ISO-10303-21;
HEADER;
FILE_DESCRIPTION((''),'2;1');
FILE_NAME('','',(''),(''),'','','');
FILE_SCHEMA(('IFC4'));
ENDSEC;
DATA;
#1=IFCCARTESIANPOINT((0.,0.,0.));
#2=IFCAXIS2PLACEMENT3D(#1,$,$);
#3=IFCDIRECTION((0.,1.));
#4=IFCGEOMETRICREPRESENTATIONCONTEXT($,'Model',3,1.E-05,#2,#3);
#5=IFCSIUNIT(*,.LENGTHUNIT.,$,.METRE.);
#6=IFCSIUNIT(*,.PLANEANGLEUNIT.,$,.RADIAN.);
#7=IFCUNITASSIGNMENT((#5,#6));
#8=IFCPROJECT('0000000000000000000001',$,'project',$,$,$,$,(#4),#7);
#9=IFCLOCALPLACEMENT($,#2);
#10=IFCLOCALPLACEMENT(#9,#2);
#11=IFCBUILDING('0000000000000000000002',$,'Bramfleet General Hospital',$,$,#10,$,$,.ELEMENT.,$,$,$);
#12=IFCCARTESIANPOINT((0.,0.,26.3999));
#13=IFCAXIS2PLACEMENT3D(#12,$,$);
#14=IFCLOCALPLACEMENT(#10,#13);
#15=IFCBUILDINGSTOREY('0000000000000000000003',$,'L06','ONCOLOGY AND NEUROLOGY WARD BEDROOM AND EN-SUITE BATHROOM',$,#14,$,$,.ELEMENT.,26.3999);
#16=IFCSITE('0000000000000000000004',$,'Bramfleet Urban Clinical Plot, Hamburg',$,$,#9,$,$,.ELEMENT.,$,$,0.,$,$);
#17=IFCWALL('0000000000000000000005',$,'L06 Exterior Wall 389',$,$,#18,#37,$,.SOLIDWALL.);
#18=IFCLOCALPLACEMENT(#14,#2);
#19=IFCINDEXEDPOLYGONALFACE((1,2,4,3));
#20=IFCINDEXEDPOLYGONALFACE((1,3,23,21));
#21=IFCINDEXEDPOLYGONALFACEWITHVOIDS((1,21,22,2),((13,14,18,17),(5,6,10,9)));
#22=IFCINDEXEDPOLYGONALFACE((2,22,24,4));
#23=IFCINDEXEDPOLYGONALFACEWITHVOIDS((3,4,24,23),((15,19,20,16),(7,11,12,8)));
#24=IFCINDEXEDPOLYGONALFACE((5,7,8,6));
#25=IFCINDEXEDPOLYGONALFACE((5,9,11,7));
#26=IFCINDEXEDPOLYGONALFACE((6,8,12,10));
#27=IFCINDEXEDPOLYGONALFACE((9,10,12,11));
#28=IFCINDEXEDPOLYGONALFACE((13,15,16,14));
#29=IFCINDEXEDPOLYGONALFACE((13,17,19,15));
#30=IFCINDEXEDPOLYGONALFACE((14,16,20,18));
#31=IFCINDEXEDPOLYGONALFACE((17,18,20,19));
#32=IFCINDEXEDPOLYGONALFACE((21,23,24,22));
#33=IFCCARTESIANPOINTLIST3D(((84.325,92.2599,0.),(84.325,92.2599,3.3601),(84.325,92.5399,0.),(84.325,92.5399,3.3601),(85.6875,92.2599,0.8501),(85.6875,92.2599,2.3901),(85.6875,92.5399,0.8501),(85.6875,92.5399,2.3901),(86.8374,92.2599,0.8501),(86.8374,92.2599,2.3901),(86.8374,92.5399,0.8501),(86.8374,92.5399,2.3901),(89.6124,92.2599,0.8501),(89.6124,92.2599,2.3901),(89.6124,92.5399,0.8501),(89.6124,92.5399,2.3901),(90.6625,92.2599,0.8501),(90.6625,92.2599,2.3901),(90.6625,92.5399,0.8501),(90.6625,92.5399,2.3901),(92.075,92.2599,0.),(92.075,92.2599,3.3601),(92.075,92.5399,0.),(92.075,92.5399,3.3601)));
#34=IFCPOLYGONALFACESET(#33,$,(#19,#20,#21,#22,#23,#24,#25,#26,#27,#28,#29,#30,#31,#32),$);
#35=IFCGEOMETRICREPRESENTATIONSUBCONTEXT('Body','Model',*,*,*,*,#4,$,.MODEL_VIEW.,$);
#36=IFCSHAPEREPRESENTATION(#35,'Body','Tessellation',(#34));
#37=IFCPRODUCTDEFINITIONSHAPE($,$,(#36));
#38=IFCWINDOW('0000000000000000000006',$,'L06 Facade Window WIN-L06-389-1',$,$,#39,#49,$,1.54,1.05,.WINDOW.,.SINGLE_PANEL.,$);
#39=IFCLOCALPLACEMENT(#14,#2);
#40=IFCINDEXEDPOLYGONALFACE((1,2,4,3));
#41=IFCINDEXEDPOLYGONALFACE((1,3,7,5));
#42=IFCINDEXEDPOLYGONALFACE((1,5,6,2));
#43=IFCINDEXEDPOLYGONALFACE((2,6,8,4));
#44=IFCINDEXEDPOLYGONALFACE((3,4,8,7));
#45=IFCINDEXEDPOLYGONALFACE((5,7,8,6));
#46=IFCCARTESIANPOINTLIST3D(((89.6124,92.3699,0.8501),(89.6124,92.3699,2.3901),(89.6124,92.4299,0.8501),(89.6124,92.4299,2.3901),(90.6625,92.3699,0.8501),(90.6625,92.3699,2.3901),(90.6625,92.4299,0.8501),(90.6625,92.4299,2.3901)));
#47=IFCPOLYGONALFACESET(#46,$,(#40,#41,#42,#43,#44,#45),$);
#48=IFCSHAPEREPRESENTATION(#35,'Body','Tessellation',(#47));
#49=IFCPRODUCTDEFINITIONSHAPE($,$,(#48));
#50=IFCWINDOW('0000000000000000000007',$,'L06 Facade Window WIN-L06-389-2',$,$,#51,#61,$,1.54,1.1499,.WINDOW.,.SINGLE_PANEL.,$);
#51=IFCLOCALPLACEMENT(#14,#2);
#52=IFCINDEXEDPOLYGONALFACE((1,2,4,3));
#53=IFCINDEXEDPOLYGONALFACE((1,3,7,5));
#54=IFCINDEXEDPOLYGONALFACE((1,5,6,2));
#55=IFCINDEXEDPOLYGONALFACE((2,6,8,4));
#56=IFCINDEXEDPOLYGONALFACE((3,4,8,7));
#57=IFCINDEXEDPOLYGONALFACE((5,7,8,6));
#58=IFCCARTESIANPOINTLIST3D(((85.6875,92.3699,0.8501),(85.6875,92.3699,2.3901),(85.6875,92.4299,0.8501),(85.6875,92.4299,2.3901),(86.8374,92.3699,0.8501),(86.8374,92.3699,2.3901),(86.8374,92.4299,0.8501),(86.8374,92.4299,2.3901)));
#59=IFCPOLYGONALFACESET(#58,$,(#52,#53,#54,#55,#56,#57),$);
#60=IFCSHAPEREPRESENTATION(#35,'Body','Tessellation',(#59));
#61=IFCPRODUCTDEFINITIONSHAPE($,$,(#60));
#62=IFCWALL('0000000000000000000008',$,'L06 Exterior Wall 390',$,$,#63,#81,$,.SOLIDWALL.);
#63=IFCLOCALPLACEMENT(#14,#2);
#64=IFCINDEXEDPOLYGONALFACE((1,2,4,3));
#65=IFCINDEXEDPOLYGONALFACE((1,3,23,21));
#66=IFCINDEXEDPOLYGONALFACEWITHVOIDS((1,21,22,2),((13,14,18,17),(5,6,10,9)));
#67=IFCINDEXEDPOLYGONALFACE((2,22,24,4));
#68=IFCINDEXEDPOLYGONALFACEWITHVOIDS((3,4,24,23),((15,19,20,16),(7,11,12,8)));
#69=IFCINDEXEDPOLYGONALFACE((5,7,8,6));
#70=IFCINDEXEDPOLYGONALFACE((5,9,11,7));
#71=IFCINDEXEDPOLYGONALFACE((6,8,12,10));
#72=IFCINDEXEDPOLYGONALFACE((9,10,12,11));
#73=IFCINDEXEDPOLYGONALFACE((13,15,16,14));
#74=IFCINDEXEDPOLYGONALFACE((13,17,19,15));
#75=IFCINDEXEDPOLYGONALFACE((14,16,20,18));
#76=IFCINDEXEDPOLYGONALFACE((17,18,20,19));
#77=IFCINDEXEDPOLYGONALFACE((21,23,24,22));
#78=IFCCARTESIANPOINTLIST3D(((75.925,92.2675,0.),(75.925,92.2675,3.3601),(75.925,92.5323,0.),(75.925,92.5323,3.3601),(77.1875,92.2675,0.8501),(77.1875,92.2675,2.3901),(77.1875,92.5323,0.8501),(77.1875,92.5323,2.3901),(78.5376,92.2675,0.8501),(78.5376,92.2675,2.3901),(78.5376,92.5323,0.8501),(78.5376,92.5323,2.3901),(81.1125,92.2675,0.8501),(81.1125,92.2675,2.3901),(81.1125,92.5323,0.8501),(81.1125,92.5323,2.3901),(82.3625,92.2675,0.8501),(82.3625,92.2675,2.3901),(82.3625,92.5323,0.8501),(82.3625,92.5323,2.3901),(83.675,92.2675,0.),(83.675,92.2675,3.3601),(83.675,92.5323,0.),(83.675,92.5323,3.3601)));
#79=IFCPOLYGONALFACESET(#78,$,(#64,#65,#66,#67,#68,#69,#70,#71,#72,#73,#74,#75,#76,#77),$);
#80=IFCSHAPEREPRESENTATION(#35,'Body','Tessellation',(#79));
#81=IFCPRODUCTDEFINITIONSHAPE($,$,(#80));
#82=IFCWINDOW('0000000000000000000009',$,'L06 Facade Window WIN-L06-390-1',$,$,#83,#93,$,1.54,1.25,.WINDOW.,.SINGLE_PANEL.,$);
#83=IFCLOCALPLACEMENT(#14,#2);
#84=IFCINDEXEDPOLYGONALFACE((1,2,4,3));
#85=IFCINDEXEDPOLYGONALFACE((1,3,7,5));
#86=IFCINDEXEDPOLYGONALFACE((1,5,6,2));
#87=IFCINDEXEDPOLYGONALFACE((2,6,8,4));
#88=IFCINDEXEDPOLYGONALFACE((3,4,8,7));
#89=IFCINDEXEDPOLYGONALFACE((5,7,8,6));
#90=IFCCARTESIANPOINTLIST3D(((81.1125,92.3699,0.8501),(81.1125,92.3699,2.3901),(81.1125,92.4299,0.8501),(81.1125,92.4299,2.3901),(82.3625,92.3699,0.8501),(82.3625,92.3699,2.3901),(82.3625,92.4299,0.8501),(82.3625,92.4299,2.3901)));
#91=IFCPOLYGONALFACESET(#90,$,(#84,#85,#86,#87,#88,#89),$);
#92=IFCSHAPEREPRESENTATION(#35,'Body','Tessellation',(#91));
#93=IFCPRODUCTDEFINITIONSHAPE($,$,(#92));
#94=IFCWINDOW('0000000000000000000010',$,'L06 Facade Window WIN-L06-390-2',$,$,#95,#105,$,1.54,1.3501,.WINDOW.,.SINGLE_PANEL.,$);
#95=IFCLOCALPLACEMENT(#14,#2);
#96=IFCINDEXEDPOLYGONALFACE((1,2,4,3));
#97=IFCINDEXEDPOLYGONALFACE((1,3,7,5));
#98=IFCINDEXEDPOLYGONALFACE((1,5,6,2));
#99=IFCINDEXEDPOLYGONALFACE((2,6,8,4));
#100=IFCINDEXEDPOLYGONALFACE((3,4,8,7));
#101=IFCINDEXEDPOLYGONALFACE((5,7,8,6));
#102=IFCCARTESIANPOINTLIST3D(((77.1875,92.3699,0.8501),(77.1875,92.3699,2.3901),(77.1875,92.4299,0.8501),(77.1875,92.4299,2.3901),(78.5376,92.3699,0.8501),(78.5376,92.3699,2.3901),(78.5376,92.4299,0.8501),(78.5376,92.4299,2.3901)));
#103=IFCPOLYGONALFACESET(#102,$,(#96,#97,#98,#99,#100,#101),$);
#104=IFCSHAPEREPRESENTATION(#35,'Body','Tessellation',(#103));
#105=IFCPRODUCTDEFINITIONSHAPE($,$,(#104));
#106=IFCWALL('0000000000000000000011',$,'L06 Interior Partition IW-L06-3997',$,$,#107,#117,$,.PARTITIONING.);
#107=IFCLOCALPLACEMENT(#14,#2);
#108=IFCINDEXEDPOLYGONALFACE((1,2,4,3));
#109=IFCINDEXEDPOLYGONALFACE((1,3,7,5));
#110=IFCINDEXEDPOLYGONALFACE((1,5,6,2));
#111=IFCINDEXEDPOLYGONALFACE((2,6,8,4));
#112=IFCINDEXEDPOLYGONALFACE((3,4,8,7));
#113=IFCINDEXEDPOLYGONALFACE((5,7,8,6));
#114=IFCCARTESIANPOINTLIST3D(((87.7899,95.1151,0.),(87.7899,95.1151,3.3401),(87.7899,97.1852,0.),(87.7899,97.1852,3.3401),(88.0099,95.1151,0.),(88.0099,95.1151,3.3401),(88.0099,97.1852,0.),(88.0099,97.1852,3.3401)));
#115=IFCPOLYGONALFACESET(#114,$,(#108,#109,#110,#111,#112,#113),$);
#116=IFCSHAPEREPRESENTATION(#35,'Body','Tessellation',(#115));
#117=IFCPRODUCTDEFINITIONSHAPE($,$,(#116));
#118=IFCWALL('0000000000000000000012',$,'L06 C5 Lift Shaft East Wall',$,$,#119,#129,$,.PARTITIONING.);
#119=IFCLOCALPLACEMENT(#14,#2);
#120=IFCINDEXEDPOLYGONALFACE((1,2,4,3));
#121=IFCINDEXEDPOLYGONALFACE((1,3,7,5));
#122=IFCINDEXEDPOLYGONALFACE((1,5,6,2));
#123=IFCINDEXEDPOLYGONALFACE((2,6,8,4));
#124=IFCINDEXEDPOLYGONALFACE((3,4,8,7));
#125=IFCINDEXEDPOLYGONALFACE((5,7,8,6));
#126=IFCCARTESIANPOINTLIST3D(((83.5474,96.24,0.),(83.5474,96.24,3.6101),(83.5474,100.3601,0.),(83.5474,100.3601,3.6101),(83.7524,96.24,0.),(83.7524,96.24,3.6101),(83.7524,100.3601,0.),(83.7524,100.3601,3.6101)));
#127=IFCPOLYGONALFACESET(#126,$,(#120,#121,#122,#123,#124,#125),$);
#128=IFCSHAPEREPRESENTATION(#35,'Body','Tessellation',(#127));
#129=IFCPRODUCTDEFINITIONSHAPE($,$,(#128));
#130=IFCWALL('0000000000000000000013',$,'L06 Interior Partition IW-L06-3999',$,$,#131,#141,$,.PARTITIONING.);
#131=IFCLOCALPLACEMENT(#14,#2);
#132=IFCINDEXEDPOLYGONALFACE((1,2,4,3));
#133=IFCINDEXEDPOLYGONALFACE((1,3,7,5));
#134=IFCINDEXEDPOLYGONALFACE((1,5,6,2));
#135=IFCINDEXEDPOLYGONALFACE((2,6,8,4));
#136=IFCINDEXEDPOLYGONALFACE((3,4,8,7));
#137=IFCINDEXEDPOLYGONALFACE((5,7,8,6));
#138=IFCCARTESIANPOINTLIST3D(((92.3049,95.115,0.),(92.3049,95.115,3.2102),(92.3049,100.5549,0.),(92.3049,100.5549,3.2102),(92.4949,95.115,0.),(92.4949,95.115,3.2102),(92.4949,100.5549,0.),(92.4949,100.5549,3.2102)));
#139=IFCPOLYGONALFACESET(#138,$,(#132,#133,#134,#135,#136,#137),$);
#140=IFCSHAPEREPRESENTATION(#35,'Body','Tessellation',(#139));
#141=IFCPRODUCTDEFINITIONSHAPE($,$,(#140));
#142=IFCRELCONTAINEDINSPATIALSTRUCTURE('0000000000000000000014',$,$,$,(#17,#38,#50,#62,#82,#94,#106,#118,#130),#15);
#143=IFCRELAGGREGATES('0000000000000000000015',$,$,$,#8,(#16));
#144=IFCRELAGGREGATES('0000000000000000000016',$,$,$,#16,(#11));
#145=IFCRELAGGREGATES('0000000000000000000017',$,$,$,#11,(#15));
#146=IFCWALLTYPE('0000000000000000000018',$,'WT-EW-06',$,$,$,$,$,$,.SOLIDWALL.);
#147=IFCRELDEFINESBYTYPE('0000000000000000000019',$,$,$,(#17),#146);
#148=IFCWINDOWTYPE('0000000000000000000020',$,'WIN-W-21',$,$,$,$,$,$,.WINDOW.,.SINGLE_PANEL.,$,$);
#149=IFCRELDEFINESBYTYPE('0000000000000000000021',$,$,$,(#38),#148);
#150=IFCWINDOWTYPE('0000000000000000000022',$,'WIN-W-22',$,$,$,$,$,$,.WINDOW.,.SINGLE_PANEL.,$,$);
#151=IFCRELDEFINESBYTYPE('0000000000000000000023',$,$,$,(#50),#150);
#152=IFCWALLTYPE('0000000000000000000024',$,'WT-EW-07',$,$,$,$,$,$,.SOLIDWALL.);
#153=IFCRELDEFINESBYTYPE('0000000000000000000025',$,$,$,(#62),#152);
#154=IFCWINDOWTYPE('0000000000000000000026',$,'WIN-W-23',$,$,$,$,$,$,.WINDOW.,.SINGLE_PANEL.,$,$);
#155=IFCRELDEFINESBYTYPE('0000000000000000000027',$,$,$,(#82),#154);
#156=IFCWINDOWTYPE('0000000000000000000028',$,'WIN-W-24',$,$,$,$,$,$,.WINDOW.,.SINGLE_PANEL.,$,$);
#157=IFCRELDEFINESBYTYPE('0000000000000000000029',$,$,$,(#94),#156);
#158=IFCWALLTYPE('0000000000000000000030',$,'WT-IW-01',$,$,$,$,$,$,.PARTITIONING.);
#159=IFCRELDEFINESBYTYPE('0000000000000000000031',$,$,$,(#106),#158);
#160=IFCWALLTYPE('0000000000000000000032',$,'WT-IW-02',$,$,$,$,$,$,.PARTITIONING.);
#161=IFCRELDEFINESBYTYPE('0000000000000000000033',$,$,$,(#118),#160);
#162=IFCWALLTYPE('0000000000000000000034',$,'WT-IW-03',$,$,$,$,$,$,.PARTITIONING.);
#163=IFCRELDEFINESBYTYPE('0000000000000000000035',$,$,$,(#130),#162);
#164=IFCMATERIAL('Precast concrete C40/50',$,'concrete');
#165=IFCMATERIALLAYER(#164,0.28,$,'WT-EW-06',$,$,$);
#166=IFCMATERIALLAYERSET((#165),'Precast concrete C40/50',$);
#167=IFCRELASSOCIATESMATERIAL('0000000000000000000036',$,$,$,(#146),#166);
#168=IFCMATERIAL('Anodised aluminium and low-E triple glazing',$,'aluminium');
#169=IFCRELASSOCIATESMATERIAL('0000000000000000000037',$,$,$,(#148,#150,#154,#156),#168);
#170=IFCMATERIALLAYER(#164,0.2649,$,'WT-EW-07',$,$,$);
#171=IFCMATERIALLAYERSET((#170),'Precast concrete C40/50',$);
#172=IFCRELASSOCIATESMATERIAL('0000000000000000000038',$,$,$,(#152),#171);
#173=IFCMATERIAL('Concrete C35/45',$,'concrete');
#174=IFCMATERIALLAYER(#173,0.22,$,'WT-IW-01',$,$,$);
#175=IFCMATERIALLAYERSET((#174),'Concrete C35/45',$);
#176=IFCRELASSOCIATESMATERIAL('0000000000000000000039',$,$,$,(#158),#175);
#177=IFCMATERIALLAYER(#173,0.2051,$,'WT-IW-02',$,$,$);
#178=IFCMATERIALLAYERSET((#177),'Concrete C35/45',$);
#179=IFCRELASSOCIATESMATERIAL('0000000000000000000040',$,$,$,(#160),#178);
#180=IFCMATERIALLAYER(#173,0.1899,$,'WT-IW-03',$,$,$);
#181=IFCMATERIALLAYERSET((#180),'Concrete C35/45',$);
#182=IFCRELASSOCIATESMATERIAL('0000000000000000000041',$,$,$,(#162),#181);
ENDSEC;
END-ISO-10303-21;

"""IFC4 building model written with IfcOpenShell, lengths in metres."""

from ifc_helpers import new_model, si_unit, direction, frame, frame_2d, origin, place, context, subcontext, project, spatial, rectangle, extrude, material, layer, layer_set, type_object, element, fill, save


model = new_model("IFC4")

# Units and contexts
model_context = context("Model", 3, precision=1e-05, world=origin(), true_north=direction((0.0, 1.0)))
body_context = subcontext(model_context, "Body", "Model", "MODEL_VIEW")
ifc_project = project(units=[si_unit("LENGTHUNIT", "METRE"), si_unit("PLANEANGLEUNIT", "RADIAN")], contexts=[model_context])

# Site, building, storey
site_placement = place(None, origin())
site = spatial("IfcSite", under=ifc_project, at=site_placement, Name="Bramfleet Urban Clinical Plot, Hamburg", CompositionType="ELEMENT", RefElevation=0.0)
building_placement = place(site_placement, origin())
building = spatial("IfcBuilding", under=site, at=building_placement, Name="Bramfleet General Hospital", CompositionType="ELEMENT")
storey_placement = place(building_placement, frame((0.0, 0.0, 26.3999)))
storey = spatial("IfcBuildingStorey", under=building, at=storey_placement, Name="L06", Description="ONCOLOGY AND NEUROLOGY WARD BEDROOM AND EN-SUITE BATHROOM", CompositionType="ELEMENT", Elevation=26.3999)

# Walls, openings, windows
ifc_material_1 = material(Name="Precast concrete C40/50", Category="concrete")
ifc_layer_1 = layer(ifc_material_1, 0.28, Name="WT-EW-06")
ifc_layer_set_1 = layer_set([ifc_layer_1], Name="Precast concrete C40/50")
wall_type_1 = type_object("IfcWallType", Name="WT-EW-06", PredefinedType="SOLIDWALL", material=ifc_layer_set_1)
wall_1_placement = place(storey_placement, frame((92.075, 92.3999, 0.0), z_axis=(0.0, 0.0, 1.0), x_axis=(-1.0, 0.0, 0.0)))
wall_1 = element("IfcWall", 1, at=wall_1_placement, inside=storey, type_object=wall_type_1, Name="L06 Exterior Wall 389", PredefinedType="SOLIDWALL", context=body_context, shape_type="SweptSolid", body=[
    extrude(rectangle(XDim=7.75, YDim=0.28, at=frame_2d((3.875, 0.0))), origin(), (0.0, 0.0, 1.0), 3.3601),
])
opening_1_placement = place(wall_1_placement, frame((1.4126, 0.0, 0.8501)))
opening_1 = element("IfcOpeningElement", 2, at=opening_1_placement, cuts=wall_1, PredefinedType="OPENING", context=body_context, shape_type="SweptSolid", body=[
    extrude(rectangle(XDim=1.05, YDim=1.54, at=frame_2d((0.5249, 0.77))), frame((0.0, 0.1499, 0.0), z_axis=(0.0, -1.0, 0.0), x_axis=(1.0, 0.0, 0.0)), (0.0, 0.0, 1.0), 0.3),
])
opening_2_placement = place(wall_1_placement, frame((5.2375, 0.0, 0.8501)))
opening_2 = element("IfcOpeningElement", 3, at=opening_2_placement, cuts=wall_1, PredefinedType="OPENING", context=body_context, shape_type="SweptSolid", body=[
    extrude(rectangle(XDim=1.1499, YDim=1.54, at=frame_2d((0.575, 0.77))), frame((0.0, 0.1499, 0.0), z_axis=(0.0, -1.0, 0.0), x_axis=(1.0, 0.0, 0.0)), (0.0, 0.0, 1.0), 0.3),
])
ifc_material_2 = material(Name="Anodised aluminium and low-E triple glazing", Category="aluminium")
window_type_1 = type_object("IfcWindowType", Name="WIN-W-21", PartitioningType="SINGLE_PANEL", PredefinedType="WINDOW", material=ifc_material_2)
window_1_placement = place(opening_1_placement, origin())
window_1 = element("IfcWindow", 4, at=window_1_placement, inside=storey, type_object=window_type_1, Name="L06 Facade Window WIN-L06-389-1", OverallHeight=1.54, OverallWidth=1.05, PartitioningType="SINGLE_PANEL", PredefinedType="WINDOW", context=body_context, shape_type="SweptSolid", body=[
    extrude(rectangle(XDim=1.05, YDim=1.54, at=frame_2d((0.5249, 0.77))), frame((0.0, 0.03, 0.0), z_axis=(0.0, -1.0, 0.0), x_axis=(1.0, 0.0, 0.0)), (0.0, 0.0, 1.0), 0.0601),
])
fill(opening_1, window_1)
window_type_2 = type_object("IfcWindowType", Name="WIN-W-22", PartitioningType="SINGLE_PANEL", PredefinedType="WINDOW", material=ifc_material_2)
window_2_placement = place(opening_2_placement, origin())
window_2 = element("IfcWindow", 5, at=window_2_placement, inside=storey, type_object=window_type_2, Name="L06 Facade Window WIN-L06-389-2", OverallHeight=1.54, OverallWidth=1.1499, PartitioningType="SINGLE_PANEL", PredefinedType="WINDOW", context=body_context, shape_type="SweptSolid", body=[
    extrude(rectangle(XDim=1.1499, YDim=1.54, at=frame_2d((0.575, 0.77))), frame((0.0, 0.03, 0.0), z_axis=(0.0, -1.0, 0.0), x_axis=(1.0, 0.0, 0.0)), (0.0, 0.0, 1.0), 0.0601),
])
fill(opening_2, window_2)
ifc_layer_2 = layer(ifc_material_1, 0.2649, Name="WT-EW-07")
ifc_layer_set_2 = layer_set([ifc_layer_2], Name="Precast concrete C40/50")
wall_type_2 = type_object("IfcWallType", Name="WT-EW-07", PredefinedType="SOLIDWALL", material=ifc_layer_set_2)
wall_2_placement = place(storey_placement, frame((83.675, 92.3999, 0.0), z_axis=(0.0, 0.0, 1.0), x_axis=(-1.0, 0.0, 0.0)))
wall_2 = element("IfcWall", 6, at=wall_2_placement, inside=storey, type_object=wall_type_2, Name="L06 Exterior Wall 390", PredefinedType="SOLIDWALL", context=body_context, shape_type="SweptSolid", body=[
    extrude(rectangle(XDim=7.75, YDim=0.2649, at=frame_2d((3.875, 0.0))), origin(), (0.0, 0.0, 1.0), 3.3601),
])
opening_3_placement = place(wall_2_placement, frame((1.3125, 0.0, 0.8501)))
opening_3 = element("IfcOpeningElement", 7, at=opening_3_placement, cuts=wall_2, PredefinedType="OPENING", context=body_context, shape_type="SweptSolid", body=[
    extrude(rectangle(XDim=1.25, YDim=1.54, at=frame_2d((0.625, 0.77))), frame((0.0, 0.1423, 0.0), z_axis=(0.0, -1.0, 0.0), x_axis=(1.0, 0.0, 0.0)), (0.0, 0.0, 1.0), 0.2849),
])
opening_4_placement = place(wall_2_placement, frame((5.1375, 0.0, 0.8501)))
opening_4 = element("IfcOpeningElement", 8, at=opening_4_placement, cuts=wall_2, PredefinedType="OPENING", context=body_context, shape_type="SweptSolid", body=[
    extrude(rectangle(XDim=1.3501, YDim=1.54, at=frame_2d((0.675, 0.77))), frame((0.0, 0.1423, 0.0), z_axis=(0.0, -1.0, 0.0), x_axis=(1.0, 0.0, 0.0)), (0.0, 0.0, 1.0), 0.2849),
])
window_type_3 = type_object("IfcWindowType", Name="WIN-W-23", PartitioningType="SINGLE_PANEL", PredefinedType="WINDOW", material=ifc_material_2)
window_3_placement = place(opening_3_placement, origin())
window_3 = element("IfcWindow", 9, at=window_3_placement, inside=storey, type_object=window_type_3, Name="L06 Facade Window WIN-L06-390-1", OverallHeight=1.54, OverallWidth=1.25, PartitioningType="SINGLE_PANEL", PredefinedType="WINDOW", context=body_context, shape_type="SweptSolid", body=[
    extrude(rectangle(XDim=1.25, YDim=1.54, at=frame_2d((0.625, 0.77))), frame((0.0, 0.03, 0.0), z_axis=(0.0, -1.0, 0.0), x_axis=(1.0, 0.0, 0.0)), (0.0, 0.0, 1.0), 0.0601),
])
fill(opening_3, window_3)
window_type_4 = type_object("IfcWindowType", Name="WIN-W-24", PartitioningType="SINGLE_PANEL", PredefinedType="WINDOW", material=ifc_material_2)
window_4_placement = place(opening_4_placement, origin())
window_4 = element("IfcWindow", 10, at=window_4_placement, inside=storey, type_object=window_type_4, Name="L06 Facade Window WIN-L06-390-2", OverallHeight=1.54, OverallWidth=1.3501, PartitioningType="SINGLE_PANEL", PredefinedType="WINDOW", context=body_context, shape_type="SweptSolid", body=[
    extrude(rectangle(XDim=1.3501, YDim=1.54, at=frame_2d((0.675, 0.77))), frame((0.0, 0.03, 0.0), z_axis=(0.0, -1.0, 0.0), x_axis=(1.0, 0.0, 0.0)), (0.0, 0.0, 1.0), 0.0601),
])
fill(opening_4, window_4)

# Walls
ifc_material_3 = material(Name="Concrete C35/45", Category="concrete")
ifc_layer_3 = layer(ifc_material_3, 0.22, Name="WT-IW-01")
ifc_layer_set_3 = layer_set([ifc_layer_3], Name="Concrete C35/45")
wall_type_3 = type_object("IfcWallType", Name="WT-IW-01", PredefinedType="PARTITIONING", material=ifc_layer_set_3)
wall_3_placement = place(storey_placement, frame((87.8999, 95.115, 0.0), z_axis=(0.0, 0.0, 1.0), x_axis=(0.0, 1.0, 0.0)))
element("IfcWall", 11, at=wall_3_placement, inside=storey, type_object=wall_type_3, Name="L06 Interior Partition IW-L06-3997", PredefinedType="PARTITIONING", context=body_context, shape_type="SweptSolid", body=[
    extrude(rectangle(XDim=2.0701, YDim=0.22, at=frame_2d((1.0352, 0.0))), origin(), (0.0, 0.0, 1.0), 3.3401),
])
ifc_layer_4 = layer(ifc_material_3, 0.2051, Name="WT-IW-02")
ifc_layer_set_4 = layer_set([ifc_layer_4], Name="Concrete C35/45")
wall_type_4 = type_object("IfcWallType", Name="WT-IW-02", PredefinedType="PARTITIONING", material=ifc_layer_set_4)
wall_4_placement = place(storey_placement, frame((83.6499, 96.24, 0.0), z_axis=(0.0, 0.0, 1.0), x_axis=(0.0, 1.0, 0.0)))
element("IfcWall", 12, at=wall_4_placement, inside=storey, type_object=wall_type_4, Name="L06 C5 Lift Shaft East Wall", PredefinedType="PARTITIONING", context=body_context, shape_type="SweptSolid", body=[
    extrude(rectangle(XDim=4.1201, YDim=0.2051, at=frame_2d((2.0601, 0.0))), origin(), (0.0, 0.0, 1.0), 3.6101),
])
ifc_layer_5 = layer(ifc_material_3, 0.1899, Name="WT-IW-03")
ifc_layer_set_5 = layer_set([ifc_layer_5], Name="Concrete C35/45")
wall_type_5 = type_object("IfcWallType", Name="WT-IW-03", PredefinedType="PARTITIONING", material=ifc_layer_set_5)
wall_5_placement = place(storey_placement, frame((92.3999, 95.115, 0.0), z_axis=(0.0, 0.0, 1.0), x_axis=(0.0, 1.0, 0.0)))
element("IfcWall", 13, at=wall_5_placement, inside=storey, type_object=wall_type_5, Name="L06 Interior Partition IW-L06-3999", PredefinedType="PARTITIONING", context=body_context, shape_type="SweptSolid", body=[
    extrude(rectangle(XDim=5.4399, YDim=0.1899, at=frame_2d((2.72, 0.0))), origin(), (0.0, 0.0, 1.0), 3.2102),
])

save(model, "model.ifc")
